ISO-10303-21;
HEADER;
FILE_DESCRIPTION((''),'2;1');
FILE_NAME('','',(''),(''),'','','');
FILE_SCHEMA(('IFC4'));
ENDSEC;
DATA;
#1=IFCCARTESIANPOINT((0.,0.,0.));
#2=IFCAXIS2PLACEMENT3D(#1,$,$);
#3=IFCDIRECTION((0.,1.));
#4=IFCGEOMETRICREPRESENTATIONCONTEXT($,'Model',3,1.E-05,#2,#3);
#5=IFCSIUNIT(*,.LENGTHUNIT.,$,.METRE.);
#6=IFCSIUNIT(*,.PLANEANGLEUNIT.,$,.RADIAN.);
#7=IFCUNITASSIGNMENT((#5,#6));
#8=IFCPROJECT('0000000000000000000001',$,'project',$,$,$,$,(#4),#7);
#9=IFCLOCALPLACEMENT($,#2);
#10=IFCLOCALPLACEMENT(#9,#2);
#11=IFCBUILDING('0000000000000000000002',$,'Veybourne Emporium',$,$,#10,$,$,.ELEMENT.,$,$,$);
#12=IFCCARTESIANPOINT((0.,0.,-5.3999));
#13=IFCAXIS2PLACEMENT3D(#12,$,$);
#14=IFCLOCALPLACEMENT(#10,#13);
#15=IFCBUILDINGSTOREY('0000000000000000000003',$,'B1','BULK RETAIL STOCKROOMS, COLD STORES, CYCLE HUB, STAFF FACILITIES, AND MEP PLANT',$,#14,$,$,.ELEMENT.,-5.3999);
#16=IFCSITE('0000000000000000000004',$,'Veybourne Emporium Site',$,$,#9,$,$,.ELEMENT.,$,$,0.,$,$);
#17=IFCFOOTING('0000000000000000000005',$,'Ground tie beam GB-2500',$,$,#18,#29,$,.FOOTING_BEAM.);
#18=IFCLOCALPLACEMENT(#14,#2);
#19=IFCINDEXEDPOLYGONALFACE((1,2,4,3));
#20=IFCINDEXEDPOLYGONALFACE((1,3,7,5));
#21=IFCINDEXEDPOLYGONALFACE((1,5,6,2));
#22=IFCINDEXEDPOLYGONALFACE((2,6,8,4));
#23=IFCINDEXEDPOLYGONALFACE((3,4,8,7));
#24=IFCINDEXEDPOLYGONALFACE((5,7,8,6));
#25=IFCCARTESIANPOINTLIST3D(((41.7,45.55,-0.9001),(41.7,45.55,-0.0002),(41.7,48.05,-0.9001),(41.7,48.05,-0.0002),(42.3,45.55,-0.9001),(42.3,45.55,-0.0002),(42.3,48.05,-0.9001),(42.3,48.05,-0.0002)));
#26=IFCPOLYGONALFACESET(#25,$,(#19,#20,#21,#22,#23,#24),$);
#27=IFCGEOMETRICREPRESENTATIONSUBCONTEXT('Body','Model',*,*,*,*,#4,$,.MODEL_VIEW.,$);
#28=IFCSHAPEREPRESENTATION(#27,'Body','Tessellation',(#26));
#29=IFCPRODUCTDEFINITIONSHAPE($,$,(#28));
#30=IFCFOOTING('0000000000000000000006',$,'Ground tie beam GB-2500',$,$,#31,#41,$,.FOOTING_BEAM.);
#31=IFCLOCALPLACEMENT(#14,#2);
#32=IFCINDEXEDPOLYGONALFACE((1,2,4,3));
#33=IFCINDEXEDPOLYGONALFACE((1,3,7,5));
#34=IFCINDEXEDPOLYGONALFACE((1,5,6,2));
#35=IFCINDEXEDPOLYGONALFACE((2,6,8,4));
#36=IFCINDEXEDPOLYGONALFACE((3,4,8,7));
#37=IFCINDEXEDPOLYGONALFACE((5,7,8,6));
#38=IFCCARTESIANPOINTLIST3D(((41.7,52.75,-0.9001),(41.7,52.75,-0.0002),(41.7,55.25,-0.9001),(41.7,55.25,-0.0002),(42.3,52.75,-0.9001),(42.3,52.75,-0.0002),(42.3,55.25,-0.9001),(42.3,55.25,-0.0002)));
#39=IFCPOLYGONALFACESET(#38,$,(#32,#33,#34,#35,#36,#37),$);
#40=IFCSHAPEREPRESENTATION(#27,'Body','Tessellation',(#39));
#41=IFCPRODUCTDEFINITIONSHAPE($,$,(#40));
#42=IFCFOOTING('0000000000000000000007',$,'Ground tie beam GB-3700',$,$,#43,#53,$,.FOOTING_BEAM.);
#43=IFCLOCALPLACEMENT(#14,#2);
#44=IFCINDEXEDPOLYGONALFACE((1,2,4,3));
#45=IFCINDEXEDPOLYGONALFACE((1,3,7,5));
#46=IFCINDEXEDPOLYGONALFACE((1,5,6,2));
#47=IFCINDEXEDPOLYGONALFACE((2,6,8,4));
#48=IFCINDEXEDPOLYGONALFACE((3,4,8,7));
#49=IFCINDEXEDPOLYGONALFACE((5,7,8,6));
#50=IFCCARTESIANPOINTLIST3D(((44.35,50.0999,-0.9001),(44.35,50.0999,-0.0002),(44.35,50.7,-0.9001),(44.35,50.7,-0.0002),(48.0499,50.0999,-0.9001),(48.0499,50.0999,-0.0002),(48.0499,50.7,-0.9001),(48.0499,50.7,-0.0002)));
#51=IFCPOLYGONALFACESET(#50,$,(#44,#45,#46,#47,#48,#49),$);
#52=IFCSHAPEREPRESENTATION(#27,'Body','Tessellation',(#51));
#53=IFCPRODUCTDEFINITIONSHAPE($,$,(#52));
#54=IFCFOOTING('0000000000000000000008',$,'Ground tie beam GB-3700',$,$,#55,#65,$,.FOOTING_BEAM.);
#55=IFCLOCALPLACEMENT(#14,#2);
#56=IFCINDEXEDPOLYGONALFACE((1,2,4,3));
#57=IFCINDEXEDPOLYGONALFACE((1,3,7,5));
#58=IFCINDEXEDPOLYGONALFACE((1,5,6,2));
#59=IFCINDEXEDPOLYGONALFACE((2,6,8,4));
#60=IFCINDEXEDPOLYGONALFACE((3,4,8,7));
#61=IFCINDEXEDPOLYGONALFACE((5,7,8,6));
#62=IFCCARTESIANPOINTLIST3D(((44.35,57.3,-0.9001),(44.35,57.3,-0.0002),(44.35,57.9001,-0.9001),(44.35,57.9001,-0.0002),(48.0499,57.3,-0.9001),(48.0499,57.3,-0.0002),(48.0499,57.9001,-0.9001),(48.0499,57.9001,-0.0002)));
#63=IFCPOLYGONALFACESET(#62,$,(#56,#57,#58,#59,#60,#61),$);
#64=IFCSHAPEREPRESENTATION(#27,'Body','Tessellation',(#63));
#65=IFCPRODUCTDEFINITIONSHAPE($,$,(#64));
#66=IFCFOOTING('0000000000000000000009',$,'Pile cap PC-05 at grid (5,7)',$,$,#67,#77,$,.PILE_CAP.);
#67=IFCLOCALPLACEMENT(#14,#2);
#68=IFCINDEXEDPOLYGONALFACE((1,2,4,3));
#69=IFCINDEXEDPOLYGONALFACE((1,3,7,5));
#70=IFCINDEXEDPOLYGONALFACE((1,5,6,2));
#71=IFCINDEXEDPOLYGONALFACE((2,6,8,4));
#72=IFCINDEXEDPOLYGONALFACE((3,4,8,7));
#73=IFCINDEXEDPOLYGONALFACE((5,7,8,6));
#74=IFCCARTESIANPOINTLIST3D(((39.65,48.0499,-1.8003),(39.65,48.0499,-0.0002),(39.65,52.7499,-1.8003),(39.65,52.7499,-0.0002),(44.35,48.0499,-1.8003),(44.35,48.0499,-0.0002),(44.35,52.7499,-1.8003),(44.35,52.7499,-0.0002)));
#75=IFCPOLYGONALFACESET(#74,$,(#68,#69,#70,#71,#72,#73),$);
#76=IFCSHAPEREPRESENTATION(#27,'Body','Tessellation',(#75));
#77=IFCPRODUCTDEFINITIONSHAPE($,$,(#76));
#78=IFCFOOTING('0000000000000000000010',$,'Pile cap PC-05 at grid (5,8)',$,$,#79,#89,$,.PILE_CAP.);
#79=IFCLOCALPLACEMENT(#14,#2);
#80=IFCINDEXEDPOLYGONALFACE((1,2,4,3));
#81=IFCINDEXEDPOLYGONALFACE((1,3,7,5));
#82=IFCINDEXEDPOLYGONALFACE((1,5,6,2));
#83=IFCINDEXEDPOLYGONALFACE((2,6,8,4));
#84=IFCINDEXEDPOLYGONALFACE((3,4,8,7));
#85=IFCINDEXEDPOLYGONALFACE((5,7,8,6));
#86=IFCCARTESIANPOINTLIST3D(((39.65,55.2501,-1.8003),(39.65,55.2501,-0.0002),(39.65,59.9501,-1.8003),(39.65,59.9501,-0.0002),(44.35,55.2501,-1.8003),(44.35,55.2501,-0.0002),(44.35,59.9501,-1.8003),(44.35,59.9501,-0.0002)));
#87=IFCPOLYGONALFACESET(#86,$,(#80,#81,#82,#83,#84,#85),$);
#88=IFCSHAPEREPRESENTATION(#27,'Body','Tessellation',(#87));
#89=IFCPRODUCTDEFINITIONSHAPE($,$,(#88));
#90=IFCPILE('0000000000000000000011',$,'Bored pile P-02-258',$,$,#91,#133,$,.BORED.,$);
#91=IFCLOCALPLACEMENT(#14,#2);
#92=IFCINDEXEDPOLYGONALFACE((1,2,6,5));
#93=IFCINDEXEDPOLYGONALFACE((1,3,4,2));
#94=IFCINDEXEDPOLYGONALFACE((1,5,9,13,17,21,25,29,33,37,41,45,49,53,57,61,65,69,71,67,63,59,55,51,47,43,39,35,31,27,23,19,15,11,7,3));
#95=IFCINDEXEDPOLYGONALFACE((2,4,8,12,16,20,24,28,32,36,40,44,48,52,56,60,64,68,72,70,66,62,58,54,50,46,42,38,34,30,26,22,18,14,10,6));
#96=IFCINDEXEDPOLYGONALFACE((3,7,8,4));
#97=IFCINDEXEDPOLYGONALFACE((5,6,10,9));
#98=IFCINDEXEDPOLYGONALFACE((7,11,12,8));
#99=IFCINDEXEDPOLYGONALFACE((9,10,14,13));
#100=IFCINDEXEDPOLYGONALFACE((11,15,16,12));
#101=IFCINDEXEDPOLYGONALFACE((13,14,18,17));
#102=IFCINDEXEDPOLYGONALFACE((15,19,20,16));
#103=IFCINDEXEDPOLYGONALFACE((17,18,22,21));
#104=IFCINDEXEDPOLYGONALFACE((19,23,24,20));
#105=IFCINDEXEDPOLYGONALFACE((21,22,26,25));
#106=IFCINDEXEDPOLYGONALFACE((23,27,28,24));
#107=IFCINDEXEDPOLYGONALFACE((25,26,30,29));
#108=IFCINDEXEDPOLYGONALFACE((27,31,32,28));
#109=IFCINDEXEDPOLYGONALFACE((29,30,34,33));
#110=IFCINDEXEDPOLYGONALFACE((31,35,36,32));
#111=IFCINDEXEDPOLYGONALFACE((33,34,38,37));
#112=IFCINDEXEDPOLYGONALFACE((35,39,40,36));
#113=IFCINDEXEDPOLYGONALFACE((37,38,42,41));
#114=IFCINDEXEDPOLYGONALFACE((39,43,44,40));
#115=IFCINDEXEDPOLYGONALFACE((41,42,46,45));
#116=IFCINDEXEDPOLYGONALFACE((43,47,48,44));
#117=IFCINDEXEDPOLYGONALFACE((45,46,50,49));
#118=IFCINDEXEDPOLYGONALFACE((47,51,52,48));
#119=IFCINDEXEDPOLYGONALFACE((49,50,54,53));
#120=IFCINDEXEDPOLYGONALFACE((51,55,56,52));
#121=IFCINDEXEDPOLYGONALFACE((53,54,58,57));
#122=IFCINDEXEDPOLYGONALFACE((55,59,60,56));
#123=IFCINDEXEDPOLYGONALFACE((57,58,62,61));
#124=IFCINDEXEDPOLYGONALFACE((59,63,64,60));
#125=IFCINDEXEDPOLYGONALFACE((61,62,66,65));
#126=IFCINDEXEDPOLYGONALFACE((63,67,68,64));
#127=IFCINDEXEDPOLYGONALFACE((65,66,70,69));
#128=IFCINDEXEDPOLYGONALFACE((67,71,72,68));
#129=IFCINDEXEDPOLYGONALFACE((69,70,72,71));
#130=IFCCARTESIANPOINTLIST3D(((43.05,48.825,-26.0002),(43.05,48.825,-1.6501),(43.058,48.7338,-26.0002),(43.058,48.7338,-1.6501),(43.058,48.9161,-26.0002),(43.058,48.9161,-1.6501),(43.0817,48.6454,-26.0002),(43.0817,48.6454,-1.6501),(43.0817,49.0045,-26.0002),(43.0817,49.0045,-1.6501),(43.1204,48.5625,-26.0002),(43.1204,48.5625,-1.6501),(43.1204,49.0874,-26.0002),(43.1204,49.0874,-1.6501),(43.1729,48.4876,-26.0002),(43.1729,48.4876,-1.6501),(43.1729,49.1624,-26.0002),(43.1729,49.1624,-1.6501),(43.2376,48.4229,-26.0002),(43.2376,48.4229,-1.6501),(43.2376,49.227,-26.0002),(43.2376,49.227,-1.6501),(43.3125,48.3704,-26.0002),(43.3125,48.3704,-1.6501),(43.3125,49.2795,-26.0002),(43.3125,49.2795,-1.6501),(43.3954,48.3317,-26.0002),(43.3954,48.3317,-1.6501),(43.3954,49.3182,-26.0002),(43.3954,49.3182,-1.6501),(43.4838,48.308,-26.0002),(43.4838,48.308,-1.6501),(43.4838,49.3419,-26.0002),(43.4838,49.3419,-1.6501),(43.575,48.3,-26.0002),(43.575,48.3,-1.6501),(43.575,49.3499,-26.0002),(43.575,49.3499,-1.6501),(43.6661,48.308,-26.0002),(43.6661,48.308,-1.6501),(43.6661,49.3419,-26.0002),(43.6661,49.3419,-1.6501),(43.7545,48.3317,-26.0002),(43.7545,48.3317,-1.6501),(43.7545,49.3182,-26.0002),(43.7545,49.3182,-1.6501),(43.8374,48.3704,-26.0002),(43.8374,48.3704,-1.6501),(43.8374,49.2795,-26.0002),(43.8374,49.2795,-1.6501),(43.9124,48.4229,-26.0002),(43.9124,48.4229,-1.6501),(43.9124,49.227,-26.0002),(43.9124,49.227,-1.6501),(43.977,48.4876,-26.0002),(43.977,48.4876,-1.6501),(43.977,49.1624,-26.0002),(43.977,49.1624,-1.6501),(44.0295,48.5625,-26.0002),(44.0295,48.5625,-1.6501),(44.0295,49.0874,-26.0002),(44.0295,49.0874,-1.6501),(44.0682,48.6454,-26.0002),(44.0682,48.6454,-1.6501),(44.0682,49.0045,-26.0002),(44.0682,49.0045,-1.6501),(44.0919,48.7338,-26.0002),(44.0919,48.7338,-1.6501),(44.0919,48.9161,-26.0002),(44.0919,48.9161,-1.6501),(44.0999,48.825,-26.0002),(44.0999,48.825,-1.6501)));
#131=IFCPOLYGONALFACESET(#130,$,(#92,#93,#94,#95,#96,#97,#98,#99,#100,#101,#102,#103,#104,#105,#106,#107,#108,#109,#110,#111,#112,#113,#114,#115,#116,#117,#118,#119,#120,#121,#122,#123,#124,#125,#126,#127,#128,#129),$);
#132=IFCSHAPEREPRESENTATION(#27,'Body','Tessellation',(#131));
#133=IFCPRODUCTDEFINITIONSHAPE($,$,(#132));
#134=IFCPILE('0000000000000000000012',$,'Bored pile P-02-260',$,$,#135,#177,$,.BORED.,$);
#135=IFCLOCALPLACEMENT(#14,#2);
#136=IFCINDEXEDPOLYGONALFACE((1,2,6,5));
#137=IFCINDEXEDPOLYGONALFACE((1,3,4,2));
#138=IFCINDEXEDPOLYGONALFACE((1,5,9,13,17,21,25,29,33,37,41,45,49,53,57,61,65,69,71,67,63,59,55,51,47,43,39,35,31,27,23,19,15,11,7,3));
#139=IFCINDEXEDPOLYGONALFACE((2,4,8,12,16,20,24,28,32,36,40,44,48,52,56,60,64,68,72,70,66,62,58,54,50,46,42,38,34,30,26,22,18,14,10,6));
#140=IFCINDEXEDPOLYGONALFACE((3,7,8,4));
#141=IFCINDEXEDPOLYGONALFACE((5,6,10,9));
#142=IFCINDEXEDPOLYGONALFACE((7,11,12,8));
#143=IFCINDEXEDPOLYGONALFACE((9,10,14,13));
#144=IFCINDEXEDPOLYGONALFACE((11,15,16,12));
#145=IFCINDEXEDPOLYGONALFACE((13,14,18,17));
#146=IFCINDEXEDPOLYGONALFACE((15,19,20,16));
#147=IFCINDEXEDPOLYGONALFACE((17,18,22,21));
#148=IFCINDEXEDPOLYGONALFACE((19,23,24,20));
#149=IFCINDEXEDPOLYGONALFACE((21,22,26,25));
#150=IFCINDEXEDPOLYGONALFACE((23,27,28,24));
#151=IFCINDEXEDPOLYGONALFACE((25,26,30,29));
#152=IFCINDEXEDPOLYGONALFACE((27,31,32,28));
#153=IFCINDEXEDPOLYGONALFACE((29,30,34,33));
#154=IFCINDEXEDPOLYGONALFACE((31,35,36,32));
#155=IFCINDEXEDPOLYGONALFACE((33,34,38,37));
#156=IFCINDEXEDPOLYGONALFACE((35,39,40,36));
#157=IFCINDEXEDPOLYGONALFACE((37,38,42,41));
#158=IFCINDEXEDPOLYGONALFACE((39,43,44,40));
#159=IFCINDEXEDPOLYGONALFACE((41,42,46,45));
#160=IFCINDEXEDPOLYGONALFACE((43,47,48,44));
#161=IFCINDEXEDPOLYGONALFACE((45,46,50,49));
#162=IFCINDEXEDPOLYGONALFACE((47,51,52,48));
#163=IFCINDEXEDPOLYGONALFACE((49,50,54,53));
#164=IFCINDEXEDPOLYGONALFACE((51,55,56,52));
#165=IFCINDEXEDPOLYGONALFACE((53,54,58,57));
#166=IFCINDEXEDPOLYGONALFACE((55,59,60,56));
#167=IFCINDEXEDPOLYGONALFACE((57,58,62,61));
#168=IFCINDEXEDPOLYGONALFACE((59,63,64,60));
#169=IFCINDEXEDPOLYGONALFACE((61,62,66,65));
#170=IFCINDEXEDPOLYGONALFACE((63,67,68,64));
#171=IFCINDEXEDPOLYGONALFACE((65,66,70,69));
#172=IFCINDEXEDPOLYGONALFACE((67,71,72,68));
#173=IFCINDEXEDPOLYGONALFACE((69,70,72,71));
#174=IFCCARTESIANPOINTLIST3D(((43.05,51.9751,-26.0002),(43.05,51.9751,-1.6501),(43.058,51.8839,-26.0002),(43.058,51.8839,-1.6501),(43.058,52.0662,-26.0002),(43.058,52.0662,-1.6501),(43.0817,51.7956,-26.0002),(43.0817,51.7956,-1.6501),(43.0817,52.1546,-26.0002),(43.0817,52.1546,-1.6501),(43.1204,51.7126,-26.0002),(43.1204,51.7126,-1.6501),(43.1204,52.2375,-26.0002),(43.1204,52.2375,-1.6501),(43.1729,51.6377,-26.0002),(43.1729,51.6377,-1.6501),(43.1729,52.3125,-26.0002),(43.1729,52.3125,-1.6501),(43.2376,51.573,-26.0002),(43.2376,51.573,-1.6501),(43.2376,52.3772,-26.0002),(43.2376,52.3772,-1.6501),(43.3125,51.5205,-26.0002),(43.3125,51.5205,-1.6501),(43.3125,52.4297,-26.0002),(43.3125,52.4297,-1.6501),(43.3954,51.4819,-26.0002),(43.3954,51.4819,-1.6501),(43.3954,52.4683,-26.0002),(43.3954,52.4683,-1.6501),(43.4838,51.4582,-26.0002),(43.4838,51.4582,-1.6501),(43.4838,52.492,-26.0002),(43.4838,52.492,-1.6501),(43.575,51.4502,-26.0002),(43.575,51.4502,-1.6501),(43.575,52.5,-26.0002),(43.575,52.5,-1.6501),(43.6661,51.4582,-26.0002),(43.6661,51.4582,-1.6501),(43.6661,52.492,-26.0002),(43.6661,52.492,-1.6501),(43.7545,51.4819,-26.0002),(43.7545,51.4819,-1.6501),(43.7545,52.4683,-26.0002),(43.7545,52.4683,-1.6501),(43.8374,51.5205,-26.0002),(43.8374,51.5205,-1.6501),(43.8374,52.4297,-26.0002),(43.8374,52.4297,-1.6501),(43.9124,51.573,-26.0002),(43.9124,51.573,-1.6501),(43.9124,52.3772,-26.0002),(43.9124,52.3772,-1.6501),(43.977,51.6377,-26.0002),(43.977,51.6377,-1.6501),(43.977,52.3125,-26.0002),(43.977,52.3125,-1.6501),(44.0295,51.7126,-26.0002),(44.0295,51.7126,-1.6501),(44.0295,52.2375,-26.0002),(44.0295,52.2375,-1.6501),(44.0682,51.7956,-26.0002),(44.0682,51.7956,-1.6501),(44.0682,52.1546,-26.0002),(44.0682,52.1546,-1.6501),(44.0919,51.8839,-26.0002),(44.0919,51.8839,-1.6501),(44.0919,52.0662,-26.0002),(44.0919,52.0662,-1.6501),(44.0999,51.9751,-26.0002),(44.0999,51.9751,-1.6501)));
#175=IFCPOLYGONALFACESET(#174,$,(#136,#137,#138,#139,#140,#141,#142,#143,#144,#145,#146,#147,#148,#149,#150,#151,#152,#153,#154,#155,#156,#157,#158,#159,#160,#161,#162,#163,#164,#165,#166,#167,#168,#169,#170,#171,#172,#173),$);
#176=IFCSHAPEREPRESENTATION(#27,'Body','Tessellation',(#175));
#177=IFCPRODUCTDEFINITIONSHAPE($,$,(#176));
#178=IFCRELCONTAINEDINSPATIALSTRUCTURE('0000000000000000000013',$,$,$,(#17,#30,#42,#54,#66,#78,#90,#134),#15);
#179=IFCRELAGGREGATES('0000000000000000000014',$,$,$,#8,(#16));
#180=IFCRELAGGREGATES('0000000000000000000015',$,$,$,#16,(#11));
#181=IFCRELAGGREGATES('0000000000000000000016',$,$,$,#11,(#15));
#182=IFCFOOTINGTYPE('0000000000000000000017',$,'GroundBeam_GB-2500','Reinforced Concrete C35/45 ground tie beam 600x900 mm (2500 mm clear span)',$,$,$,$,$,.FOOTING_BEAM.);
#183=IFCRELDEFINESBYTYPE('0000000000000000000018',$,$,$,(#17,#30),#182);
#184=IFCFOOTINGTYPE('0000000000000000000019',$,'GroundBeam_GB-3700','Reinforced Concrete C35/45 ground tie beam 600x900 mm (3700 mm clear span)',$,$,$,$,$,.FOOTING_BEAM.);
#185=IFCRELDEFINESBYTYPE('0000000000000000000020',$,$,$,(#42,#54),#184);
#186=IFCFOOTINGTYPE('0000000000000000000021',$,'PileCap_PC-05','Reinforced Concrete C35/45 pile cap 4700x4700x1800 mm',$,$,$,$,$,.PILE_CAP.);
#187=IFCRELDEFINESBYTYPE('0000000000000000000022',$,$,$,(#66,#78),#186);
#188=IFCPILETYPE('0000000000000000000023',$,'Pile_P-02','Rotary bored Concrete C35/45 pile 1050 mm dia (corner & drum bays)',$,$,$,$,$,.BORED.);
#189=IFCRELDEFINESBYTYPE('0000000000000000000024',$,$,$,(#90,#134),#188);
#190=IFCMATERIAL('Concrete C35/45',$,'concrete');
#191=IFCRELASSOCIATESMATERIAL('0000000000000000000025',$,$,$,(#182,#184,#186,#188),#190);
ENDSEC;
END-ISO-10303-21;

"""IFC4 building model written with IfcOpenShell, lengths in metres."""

from ifc_helpers import new_model, si_unit, direction, frame, origin, origin_2d, place, context, subcontext, project, spatial, rectangle, circle, extrude, material, material_profile, profile_set, type_object, element, save


model = new_model("IFC4")

# Units and contexts
model_context = context("Model", 3, precision=1e-05, world=origin(), true_north=direction((0.0, 1.0)))
body_context = subcontext(model_context, "Body", "Model", "MODEL_VIEW")
ifc_project = project(units=[si_unit("LENGTHUNIT", "METRE"), si_unit("PLANEANGLEUNIT", "RADIAN")], contexts=[model_context])

# Site, building, storey
site_placement = place(None, origin())
site = spatial("IfcSite", under=ifc_project, at=site_placement, Name="Veybourne Emporium Site", CompositionType="ELEMENT", RefElevation=0.0)
building_placement = place(site_placement, origin())
building = spatial("IfcBuilding", under=site, at=building_placement, Name="Veybourne Emporium", CompositionType="ELEMENT")
storey_placement = place(building_placement, frame((0.0, 0.0, -5.3999)))
storey = spatial("IfcBuildingStorey", under=building, at=storey_placement, Name="B1", Description="BULK RETAIL STOCKROOMS, COLD STORES, CYCLE HUB, STAFF FACILITIES, AND MEP PLANT", CompositionType="ELEMENT", Elevation=-5.3999)

# Footings
ifc_material_1 = material(Name="Concrete C35/45", Category="concrete")
footing_type_1 = type_object("IfcFootingType", Name="GroundBeam_GB-2500", Description="Reinforced Concrete C35/45 ground tie beam 600x900 mm (2500 mm clear span)", PredefinedType="FOOTING_BEAM", material=ifc_material_1)
for number, where, z_axis, x_axis, name in (
    (1, (42.0, 46.8, -0.9001), (0.0, 0.0, 1.0), (0.0, 1.0, 0.0), "Ground tie beam GB-2500"),
    (2, (42.0, 54.0, -0.9001), (0.0, 0.0, 1.0), (0.0, 1.0, 0.0), "Ground tie beam GB-2500"),
):
    element("IfcFooting", number, at=place(storey_placement, frame(where, z_axis=z_axis, x_axis=x_axis)), inside=storey, type_object=footing_type_1, Name=name, PredefinedType="FOOTING_BEAM", context=body_context, shape_type="SweptSolid", body=[
        extrude(rectangle(XDim=2.5, YDim=0.6001, at=origin_2d()), origin(), (0.0, 0.0, 1.0), 0.8999),
    ])
footing_type_2 = type_object("IfcFootingType", Name="GroundBeam_GB-3700", Description="Reinforced Concrete C35/45 ground tie beam 600x900 mm (3700 mm clear span)", PredefinedType="FOOTING_BEAM", material=ifc_material_1)
for number, where, z_axis, x_axis, name in (
    (3, (46.2, 50.3999, -0.9001), (0.0, 0.0, 1.0), (1.0, 0.0, 0.0), "Ground tie beam GB-3700"),
    (4, (46.2, 57.6001, -0.9001), (0.0, 0.0, 1.0), (1.0, 0.0, 0.0), "Ground tie beam GB-3700"),
):
    element("IfcFooting", number, at=place(storey_placement, frame(where, z_axis=z_axis, x_axis=x_axis)), inside=storey, type_object=footing_type_2, Name=name, PredefinedType="FOOTING_BEAM", context=body_context, shape_type="SweptSolid", body=[
        extrude(rectangle(XDim=3.7, YDim=0.6001, at=origin_2d()), origin(), (0.0, 0.0, 1.0), 0.8999),
    ])
footing_type_3 = type_object("IfcFootingType", Name="PileCap_PC-05", Description="Reinforced Concrete C35/45 pile cap 4700x4700x1800 mm", PredefinedType="PILE_CAP", material=ifc_material_1)
for number, where, z_axis, x_axis, name in (
    (5, (42.0, 50.3999, -1.8003), (0.0, 0.0, 1.0), (1.0, 0.0, 0.0), "Pile cap PC-05 at grid (5,7)"),
    (6, (42.0, 57.6001, -1.8003), (0.0, 0.0, 1.0), (1.0, 0.0, 0.0), "Pile cap PC-05 at grid (5,8)"),
):
    element("IfcFooting", number, at=place(storey_placement, frame(where, z_axis=z_axis, x_axis=x_axis)), inside=storey, type_object=footing_type_3, Name=name, PredefinedType="PILE_CAP", context=body_context, shape_type="SweptSolid", body=[
        extrude(rectangle(XDim=4.7, YDim=4.7, at=origin_2d()), origin(), (0.0, 0.0, 1.0), 1.8),
    ])

# Piles
ifc_material_profile_1 = material_profile(ifc_material_1, circle(Radius=0.5249, at=origin_2d()), Name="BORED PILE 1050")
ifc_profile_set_1 = profile_set([ifc_material_profile_1], Name="Concrete C35/45")
pile_type_1 = type_object("IfcPileType", Name="Pile_P-02", Description="Rotary bored Concrete C35/45 pile 1050 mm dia (corner & drum bays)", PredefinedType="BORED", material=ifc_profile_set_1)
for number, where, z_axis, x_axis, name in (
    (7, (43.575, 48.825, -1.6501), (0.0, 0.0, -1.0), (1.0, 0.0, 0.0), "Bored pile P-02-258"),
    (8, (43.575, 51.9751, -1.6501), (0.0, 0.0, -1.0), (1.0, 0.0, 0.0), "Bored pile P-02-260"),
):
    element("IfcPile", number, at=place(storey_placement, frame(where, z_axis=z_axis, x_axis=x_axis)), inside=storey, type_object=pile_type_1, Name=name, PredefinedType="BORED", context=body_context, shape_type="SweptSolid", body=[
        extrude(circle(Radius=0.5249, at=origin_2d()), origin(), (0.0, 0.0, 1.0), 24.3501),
    ])

save(model, "model.ifc")
